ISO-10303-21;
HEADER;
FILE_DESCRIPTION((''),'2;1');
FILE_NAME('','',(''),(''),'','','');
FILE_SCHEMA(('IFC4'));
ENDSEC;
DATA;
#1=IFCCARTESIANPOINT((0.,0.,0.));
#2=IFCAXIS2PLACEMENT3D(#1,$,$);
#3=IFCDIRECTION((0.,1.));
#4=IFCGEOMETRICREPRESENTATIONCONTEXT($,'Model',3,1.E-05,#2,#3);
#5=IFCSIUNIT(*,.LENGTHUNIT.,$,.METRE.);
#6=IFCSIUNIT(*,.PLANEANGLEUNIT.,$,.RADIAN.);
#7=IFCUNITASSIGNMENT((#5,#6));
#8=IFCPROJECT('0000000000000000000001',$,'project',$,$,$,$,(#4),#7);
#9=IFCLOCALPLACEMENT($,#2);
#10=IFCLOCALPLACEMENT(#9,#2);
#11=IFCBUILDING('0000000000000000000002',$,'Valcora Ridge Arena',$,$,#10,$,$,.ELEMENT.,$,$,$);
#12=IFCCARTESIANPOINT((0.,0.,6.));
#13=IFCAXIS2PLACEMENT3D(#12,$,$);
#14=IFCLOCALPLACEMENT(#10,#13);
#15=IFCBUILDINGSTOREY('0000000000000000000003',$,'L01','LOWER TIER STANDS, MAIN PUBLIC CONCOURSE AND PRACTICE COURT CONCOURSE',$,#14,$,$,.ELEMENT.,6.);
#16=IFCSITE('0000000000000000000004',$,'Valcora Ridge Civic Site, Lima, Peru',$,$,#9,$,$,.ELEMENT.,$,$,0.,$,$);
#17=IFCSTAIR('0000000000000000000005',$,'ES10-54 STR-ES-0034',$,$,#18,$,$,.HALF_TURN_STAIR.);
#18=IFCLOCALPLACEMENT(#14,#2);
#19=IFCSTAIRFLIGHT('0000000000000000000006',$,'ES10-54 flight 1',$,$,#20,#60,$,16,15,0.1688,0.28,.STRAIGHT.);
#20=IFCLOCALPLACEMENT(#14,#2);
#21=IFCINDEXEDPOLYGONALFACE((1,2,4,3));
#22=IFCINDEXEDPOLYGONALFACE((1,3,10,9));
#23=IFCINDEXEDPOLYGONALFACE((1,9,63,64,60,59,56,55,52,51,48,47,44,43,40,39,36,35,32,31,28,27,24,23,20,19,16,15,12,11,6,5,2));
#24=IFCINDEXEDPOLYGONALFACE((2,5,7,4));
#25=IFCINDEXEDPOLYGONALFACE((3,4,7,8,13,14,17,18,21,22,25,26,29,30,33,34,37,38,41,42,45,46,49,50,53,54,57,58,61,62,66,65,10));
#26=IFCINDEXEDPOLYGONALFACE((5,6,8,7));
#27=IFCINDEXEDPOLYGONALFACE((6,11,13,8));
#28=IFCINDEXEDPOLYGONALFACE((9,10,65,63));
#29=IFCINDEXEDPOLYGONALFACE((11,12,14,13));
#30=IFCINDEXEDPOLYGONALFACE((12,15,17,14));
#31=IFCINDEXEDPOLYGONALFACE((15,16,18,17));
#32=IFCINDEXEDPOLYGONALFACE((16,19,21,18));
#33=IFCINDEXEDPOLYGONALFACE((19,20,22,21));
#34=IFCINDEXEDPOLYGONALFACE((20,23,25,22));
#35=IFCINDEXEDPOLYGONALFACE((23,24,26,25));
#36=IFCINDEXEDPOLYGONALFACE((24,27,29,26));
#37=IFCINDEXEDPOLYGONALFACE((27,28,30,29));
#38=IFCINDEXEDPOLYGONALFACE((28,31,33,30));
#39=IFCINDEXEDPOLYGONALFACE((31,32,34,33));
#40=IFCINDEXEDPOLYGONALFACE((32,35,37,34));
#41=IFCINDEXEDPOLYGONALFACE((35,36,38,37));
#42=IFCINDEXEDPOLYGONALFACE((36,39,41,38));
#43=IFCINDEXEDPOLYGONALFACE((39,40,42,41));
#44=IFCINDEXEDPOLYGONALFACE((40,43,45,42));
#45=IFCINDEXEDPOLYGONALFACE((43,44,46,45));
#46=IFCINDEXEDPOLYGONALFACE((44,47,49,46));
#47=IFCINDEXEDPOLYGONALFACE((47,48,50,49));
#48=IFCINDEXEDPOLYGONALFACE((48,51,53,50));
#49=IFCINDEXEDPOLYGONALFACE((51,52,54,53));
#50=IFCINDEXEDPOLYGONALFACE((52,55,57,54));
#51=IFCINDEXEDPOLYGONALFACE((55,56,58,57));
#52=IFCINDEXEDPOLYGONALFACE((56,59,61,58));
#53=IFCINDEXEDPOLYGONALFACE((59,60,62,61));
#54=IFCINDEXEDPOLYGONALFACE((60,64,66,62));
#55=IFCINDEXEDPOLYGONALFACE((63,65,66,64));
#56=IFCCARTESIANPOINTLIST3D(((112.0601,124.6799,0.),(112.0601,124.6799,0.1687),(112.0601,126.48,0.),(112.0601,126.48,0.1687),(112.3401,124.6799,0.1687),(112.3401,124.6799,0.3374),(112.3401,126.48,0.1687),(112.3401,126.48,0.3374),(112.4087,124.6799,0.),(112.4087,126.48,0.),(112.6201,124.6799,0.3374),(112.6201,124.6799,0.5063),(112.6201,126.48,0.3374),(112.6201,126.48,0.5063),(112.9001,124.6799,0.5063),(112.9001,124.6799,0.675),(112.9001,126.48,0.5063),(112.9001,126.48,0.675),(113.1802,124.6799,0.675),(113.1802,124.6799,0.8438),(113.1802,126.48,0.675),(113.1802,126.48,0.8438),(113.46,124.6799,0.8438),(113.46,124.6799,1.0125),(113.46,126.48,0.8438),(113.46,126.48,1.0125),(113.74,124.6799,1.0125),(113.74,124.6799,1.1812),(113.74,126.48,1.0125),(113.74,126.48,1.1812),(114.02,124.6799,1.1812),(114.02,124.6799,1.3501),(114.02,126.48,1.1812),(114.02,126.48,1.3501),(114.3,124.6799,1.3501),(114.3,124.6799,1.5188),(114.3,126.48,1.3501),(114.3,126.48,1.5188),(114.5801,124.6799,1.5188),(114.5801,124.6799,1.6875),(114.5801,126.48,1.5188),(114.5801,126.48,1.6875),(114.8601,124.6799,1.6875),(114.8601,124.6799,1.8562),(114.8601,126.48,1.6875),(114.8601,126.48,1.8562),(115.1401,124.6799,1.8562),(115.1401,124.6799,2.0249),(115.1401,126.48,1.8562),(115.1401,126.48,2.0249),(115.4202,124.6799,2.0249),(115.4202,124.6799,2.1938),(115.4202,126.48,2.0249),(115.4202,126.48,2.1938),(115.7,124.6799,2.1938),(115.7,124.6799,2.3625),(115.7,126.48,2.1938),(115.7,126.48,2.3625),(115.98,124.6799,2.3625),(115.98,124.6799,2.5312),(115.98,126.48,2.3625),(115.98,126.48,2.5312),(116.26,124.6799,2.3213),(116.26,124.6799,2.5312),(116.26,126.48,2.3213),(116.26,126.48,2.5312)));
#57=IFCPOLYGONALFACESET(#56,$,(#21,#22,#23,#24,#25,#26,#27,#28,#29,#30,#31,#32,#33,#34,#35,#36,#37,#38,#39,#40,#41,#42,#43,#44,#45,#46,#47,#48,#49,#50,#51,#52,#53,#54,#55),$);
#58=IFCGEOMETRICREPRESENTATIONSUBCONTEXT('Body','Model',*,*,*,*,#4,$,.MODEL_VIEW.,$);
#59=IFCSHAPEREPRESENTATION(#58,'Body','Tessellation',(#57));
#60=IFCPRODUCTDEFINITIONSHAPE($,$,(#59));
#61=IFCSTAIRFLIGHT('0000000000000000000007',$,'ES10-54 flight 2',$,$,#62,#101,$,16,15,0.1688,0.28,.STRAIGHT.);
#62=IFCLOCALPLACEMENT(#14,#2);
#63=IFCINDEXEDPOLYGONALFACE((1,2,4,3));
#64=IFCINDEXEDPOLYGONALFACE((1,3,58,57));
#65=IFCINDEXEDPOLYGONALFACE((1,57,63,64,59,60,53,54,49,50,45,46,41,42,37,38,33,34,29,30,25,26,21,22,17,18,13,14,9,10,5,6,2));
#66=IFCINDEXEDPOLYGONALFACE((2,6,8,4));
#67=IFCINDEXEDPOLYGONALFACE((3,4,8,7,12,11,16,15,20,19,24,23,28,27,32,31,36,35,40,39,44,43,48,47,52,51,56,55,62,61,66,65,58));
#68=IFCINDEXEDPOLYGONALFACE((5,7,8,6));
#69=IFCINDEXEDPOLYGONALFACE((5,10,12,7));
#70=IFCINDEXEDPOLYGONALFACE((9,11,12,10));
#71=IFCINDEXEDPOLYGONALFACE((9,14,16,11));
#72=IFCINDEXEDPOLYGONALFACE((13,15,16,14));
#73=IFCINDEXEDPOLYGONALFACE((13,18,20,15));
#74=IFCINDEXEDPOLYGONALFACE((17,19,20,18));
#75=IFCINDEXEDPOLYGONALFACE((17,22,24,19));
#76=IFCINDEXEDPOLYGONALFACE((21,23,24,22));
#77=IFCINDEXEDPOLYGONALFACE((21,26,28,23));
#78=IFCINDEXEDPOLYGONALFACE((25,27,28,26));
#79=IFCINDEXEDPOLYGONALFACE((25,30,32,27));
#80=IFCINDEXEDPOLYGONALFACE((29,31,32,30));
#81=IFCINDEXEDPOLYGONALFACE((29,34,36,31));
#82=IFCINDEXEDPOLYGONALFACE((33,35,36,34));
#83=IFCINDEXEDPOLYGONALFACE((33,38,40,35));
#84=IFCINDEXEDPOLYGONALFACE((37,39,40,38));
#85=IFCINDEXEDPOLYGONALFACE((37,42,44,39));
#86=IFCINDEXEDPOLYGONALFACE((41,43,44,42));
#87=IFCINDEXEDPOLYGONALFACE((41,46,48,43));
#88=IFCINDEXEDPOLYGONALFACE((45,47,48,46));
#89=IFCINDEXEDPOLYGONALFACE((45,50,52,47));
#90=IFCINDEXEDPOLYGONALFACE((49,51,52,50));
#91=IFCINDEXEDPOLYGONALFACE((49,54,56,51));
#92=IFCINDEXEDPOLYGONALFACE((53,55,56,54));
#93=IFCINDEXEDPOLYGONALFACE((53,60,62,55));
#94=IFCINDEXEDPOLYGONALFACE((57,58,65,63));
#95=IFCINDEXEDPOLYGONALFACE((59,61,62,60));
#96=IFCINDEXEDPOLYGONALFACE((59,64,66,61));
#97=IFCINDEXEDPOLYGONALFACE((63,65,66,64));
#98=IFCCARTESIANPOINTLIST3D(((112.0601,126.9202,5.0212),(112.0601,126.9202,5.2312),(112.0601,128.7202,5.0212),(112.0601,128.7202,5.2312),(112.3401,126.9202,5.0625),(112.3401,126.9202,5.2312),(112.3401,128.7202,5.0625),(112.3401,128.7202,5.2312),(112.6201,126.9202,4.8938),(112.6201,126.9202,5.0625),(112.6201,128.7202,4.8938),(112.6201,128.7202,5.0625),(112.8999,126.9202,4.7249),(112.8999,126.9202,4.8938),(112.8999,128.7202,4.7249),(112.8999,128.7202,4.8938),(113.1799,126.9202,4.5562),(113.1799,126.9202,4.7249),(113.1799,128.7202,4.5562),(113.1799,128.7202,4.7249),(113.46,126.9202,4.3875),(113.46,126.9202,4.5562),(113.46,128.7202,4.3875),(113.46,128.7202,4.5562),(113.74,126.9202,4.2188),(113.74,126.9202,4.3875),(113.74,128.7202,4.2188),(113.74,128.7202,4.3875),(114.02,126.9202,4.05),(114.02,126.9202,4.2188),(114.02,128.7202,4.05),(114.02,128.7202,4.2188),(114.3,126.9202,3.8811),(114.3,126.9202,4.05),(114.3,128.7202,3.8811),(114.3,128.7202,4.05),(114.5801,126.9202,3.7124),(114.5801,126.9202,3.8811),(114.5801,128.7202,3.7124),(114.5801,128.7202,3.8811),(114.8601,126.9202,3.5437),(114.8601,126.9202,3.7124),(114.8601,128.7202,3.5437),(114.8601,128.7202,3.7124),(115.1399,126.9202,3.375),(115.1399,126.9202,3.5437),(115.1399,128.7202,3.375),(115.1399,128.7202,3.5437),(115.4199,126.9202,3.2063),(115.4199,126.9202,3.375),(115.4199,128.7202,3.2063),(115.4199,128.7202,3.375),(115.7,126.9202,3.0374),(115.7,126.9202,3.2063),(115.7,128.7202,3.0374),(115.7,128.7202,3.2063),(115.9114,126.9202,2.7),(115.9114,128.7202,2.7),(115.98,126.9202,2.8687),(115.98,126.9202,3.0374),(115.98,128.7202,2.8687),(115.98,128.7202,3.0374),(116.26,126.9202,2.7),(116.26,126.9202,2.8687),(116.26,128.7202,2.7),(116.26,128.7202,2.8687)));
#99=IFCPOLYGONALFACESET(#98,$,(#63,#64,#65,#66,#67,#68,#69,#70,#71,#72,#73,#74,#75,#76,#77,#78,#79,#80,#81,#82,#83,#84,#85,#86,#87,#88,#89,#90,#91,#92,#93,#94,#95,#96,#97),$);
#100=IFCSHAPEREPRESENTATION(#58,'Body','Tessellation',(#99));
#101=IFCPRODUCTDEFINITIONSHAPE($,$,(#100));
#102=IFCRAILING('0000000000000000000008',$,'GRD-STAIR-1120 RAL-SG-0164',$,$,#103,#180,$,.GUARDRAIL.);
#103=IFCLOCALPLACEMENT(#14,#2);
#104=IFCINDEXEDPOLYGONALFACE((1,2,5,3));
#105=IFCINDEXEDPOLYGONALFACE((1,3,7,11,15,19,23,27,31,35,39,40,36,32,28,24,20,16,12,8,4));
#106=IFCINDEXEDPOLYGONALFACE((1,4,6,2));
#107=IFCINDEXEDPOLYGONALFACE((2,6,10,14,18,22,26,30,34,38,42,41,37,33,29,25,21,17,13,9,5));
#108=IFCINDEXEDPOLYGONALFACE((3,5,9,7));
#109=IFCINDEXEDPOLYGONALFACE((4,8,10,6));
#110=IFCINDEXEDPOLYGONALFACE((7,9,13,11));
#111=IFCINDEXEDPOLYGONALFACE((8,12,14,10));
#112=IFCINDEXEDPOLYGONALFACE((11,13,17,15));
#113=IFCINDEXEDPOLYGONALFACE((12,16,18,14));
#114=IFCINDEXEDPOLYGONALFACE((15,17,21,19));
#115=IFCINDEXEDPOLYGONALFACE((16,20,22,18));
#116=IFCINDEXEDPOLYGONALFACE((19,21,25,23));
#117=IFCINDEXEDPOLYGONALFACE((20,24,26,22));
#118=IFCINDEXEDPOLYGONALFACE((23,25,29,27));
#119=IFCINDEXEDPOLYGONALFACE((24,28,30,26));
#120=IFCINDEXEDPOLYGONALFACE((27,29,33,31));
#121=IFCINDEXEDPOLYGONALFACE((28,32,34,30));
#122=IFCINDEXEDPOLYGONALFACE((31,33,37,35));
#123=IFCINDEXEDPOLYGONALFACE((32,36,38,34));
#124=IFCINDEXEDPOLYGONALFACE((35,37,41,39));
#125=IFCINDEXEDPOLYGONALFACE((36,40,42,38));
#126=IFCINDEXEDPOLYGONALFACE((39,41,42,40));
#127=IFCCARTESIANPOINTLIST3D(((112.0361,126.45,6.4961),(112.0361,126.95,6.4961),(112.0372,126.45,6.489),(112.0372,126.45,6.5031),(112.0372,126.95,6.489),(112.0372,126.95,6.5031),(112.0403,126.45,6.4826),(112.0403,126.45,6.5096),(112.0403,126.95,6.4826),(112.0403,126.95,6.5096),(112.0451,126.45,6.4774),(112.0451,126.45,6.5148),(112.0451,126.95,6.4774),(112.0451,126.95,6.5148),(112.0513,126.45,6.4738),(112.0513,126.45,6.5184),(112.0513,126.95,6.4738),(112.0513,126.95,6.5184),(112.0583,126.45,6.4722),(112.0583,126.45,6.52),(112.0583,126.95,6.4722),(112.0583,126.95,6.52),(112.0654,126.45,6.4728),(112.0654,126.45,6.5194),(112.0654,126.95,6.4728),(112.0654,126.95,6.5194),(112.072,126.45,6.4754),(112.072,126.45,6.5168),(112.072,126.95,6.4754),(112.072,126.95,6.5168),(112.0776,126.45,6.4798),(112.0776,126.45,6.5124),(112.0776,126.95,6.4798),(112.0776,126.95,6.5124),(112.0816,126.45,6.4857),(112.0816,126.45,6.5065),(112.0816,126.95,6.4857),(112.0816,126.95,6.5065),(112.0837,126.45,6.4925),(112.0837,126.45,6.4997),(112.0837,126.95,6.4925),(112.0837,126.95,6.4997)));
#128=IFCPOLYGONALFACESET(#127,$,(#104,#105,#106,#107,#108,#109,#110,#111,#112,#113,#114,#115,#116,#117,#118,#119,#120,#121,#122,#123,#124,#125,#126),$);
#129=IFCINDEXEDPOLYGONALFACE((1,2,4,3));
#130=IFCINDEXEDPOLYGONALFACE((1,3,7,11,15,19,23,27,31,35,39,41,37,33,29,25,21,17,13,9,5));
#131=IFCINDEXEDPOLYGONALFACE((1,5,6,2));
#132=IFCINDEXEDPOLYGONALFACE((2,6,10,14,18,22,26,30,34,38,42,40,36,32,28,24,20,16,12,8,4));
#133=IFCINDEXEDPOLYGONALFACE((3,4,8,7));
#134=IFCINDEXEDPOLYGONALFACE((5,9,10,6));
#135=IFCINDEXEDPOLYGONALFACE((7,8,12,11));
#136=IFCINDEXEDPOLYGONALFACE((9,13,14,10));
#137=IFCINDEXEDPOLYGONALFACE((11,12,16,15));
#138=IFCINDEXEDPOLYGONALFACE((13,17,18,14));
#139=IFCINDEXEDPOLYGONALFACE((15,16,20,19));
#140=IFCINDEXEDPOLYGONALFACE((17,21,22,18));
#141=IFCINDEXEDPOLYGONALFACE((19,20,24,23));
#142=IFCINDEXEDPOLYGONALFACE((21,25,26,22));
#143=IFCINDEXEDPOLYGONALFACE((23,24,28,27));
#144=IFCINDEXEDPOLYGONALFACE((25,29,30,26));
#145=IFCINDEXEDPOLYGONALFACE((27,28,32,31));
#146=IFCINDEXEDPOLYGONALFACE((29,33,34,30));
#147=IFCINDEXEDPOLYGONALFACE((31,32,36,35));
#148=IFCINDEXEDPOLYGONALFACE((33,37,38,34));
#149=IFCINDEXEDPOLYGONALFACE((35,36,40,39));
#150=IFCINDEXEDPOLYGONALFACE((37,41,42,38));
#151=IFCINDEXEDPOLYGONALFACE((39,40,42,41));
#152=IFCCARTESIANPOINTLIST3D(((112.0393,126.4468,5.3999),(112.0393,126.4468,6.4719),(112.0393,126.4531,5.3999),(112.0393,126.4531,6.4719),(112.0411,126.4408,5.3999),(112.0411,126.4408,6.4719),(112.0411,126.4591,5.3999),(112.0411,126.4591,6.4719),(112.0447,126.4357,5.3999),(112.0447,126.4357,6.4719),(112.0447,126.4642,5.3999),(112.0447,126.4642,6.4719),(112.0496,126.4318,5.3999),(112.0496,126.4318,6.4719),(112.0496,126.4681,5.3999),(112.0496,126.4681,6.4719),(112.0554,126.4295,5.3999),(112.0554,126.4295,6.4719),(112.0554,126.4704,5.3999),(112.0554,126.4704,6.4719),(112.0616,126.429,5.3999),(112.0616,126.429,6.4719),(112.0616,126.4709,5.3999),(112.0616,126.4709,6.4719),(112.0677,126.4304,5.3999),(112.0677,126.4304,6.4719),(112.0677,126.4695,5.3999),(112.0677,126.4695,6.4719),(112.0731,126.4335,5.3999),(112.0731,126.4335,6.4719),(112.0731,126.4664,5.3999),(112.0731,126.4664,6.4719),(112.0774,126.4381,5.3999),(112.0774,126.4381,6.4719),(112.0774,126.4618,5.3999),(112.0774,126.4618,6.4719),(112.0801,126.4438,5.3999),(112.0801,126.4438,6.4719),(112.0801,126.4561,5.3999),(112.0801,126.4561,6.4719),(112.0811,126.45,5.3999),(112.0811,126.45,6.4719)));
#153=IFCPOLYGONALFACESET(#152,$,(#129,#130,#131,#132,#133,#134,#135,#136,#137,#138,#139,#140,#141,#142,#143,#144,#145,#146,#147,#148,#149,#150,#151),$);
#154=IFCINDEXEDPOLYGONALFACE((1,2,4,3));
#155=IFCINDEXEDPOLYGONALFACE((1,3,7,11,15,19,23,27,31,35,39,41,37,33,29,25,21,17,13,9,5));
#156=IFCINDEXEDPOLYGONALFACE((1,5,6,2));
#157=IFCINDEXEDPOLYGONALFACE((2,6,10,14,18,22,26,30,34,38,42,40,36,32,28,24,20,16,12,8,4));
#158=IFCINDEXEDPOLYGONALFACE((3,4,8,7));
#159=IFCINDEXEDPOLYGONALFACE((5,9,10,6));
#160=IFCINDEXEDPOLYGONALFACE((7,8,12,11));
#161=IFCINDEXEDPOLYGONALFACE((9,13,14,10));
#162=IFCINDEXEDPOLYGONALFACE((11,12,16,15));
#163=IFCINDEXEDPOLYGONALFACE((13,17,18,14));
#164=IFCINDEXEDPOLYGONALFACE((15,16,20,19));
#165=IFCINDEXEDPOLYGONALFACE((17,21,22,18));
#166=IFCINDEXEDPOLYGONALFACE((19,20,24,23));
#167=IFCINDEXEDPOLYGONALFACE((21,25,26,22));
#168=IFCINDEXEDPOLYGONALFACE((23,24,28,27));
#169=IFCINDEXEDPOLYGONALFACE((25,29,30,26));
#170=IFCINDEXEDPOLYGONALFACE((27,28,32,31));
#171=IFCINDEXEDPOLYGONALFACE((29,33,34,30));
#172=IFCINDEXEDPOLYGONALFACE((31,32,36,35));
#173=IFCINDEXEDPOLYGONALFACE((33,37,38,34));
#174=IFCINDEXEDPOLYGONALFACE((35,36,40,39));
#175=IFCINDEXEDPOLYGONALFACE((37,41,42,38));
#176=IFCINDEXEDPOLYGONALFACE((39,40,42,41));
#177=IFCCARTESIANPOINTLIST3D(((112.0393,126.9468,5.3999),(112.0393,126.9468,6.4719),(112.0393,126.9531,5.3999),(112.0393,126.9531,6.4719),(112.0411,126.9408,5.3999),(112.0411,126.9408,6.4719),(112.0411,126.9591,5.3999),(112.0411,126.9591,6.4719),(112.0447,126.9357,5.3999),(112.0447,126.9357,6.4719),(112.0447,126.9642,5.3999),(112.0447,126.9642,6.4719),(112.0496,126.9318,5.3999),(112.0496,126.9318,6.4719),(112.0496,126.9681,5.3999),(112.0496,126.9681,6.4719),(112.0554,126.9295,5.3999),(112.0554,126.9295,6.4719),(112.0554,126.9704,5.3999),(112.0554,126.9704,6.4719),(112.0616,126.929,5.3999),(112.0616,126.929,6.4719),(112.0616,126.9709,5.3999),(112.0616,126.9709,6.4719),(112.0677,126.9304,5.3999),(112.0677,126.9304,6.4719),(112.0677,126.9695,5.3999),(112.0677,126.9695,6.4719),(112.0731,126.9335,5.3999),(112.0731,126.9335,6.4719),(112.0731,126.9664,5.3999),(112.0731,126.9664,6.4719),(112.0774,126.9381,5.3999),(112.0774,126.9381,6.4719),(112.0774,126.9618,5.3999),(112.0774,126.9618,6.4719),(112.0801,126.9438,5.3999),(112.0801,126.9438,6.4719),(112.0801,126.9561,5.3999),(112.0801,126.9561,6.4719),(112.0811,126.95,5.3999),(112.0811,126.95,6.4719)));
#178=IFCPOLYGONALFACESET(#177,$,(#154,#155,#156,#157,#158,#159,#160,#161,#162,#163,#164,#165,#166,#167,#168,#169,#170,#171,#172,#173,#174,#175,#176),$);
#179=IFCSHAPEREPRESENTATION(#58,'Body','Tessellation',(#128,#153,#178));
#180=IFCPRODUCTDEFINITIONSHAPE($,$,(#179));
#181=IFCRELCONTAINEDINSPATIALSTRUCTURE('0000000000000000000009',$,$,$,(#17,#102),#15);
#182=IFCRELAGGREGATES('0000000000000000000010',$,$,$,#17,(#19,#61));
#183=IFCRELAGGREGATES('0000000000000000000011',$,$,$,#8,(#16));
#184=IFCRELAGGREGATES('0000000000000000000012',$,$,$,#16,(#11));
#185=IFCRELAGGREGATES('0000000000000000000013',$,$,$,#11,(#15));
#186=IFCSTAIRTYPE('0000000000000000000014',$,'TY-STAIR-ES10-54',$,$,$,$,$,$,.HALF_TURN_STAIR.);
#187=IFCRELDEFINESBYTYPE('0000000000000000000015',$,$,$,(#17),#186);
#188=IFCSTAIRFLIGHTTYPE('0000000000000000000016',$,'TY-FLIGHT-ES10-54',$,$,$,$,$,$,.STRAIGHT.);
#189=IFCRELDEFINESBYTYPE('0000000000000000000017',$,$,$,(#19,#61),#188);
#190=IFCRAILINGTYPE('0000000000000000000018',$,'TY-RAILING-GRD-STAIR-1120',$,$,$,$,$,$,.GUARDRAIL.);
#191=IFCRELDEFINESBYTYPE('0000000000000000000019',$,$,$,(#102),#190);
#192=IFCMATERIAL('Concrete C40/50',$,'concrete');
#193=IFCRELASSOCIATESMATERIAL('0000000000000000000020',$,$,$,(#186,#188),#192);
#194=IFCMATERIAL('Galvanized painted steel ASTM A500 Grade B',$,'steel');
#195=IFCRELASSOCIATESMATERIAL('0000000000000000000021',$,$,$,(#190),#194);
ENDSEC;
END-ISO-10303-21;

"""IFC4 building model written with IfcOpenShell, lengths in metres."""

from ifc_helpers import new_model, si_unit, direction, frame, origin, origin_2d, place, context, subcontext, project, spatial, polyline, circle, outline, extrude, material, type_object, element, aggregate, save


model = new_model("IFC4")

# Units and contexts
model_context = context("Model", 3, precision=1e-05, world=origin(), true_north=direction((0.0, 1.0)))
body_context = subcontext(model_context, "Body", "Model", "MODEL_VIEW")
ifc_project = project(units=[si_unit("LENGTHUNIT", "METRE"), si_unit("PLANEANGLEUNIT", "RADIAN")], contexts=[model_context])

# Site, building, storey
site_placement = place(None, origin())
site = spatial("IfcSite", under=ifc_project, at=site_placement, Name="Valcora Ridge Civic Site, Lima, Peru", CompositionType="ELEMENT", RefElevation=0.0)
building_placement = place(site_placement, origin())
building = spatial("IfcBuilding", under=site, at=building_placement, Name="Valcora Ridge Arena", CompositionType="ELEMENT")
storey_placement = place(building_placement, frame((0.0, 0.0, 6.0)))
storey = spatial("IfcBuildingStorey", under=building, at=storey_placement, Name="L01", Description="LOWER TIER STANDS, MAIN PUBLIC CONCOURSE AND PRACTICE COURT CONCOURSE", CompositionType="ELEMENT", Elevation=6.0)

# Shared definitions
ifc_material_1 = material(Name="Concrete C40/50", Category="concrete")

# Stair, stair flights
stair_type = type_object("IfcStairType", Name="TY-STAIR-ES10-54", PredefinedType="HALF_TURN_STAIR", material=ifc_material_1)
stair_placement = place(storey_placement, origin())
stair = element("IfcStair", 1, at=stair_placement, inside=storey, type_object=stair_type, Name="ES10-54 STR-ES-0034", PredefinedType="HALF_TURN_STAIR")
stair_flight_type = type_object("IfcStairFlightType", Name="TY-FLIGHT-ES10-54", PredefinedType="STRAIGHT", material=ifc_material_1)
stair_flight_1_placement = place(storey_placement, frame((112.0601, 125.5801, 0.0), z_axis=(0.0, 0.0, 1.0), x_axis=(1.0, 0.0, 0.0)))
stair_flight_1 = element("IfcStairFlight", 2, at=stair_flight_1_placement, type_object=stair_flight_type, Name="ES10-54 flight 1", NumberOfRisers=16, NumberOfTreads=15, PredefinedType="STRAIGHT", RiserHeight=0.1688, TreadLength=0.28, context=body_context, shape_type="SweptSolid", body=[
    extrude(outline(polyline([(0.0, 0.0), (0.0, 0.1687), (0.28, 0.1687), (0.28, 0.3374), (0.5601, 0.3374), (0.5601, 0.5063), (0.8401, 0.5063), (0.8401, 0.675), (1.1201, 0.675), (1.1201, 0.8438), (1.3999, 0.8438), (1.3999, 1.0125), (1.6799, 1.0125), (1.6799, 1.1812), (1.96, 1.1812), (1.96, 1.3501), (2.24, 1.3501), (2.24, 1.5188), (2.52, 1.5188), (2.52, 1.6875), (2.8, 1.6875), (2.8, 1.8562), (3.0801, 1.8562), (3.0801, 2.0249), (3.3601, 2.0249), (3.3601, 2.1938), (3.6399, 2.1938), (3.6399, 2.3625), (3.9199, 2.3625), (3.9199, 2.5312), (4.2, 2.5312), (4.2, 2.7), (4.2, 2.3213), (0.3486, 0.0), (0.0, 0.0)])), frame((0.0, 0.8999, 0.0), z_axis=(0.0, -1.0, 0.0), x_axis=(1.0, 0.0, 0.0)), (0.0, 0.0, 1.0), 1.8),
])
stair_flight_2_placement = place(storey_placement, frame((116.26, 127.8201, 2.7), z_axis=(0.0, 0.0, 1.0), x_axis=(-1.0, 0.0, 0.0)))
stair_flight_2 = element("IfcStairFlight", 3, at=stair_flight_2_placement, type_object=stair_flight_type, Name="ES10-54 flight 2", NumberOfRisers=16, NumberOfTreads=15, PredefinedType="STRAIGHT", RiserHeight=0.1688, TreadLength=0.28, context=body_context, shape_type="SweptSolid", body=[
    extrude(outline(polyline([(0.0, 0.0), (0.0, 0.1687), (0.28, 0.1687), (0.28, 0.3374), (0.5601, 0.3374), (0.5601, 0.5063), (0.8401, 0.5063), (0.8401, 0.675), (1.1201, 0.675), (1.1201, 0.8438), (1.3999, 0.8438), (1.3999, 1.0125), (1.6799, 1.0125), (1.6799, 1.1812), (1.96, 1.1812), (1.96, 1.3501), (2.24, 1.3501), (2.24, 1.5188), (2.52, 1.5188), (2.52, 1.6875), (2.8, 1.6875), (2.8, 1.8562), (3.0801, 1.8562), (3.0801, 2.0249), (3.3601, 2.0249), (3.3601, 2.1938), (3.6399, 2.1938), (3.6399, 2.3625), (3.9199, 2.3625), (3.9199, 2.5312), (4.2, 2.5312), (4.2, 2.7), (4.2, 2.3213), (0.3486, 0.0), (0.0, 0.0)])), frame((0.0, 0.8999, 0.0), z_axis=(0.0, -1.0, 0.0), x_axis=(1.0, 0.0, 0.0)), (0.0, 0.0, 1.0), 1.8),
])
aggregate(stair, [stair_flight_1, stair_flight_2])

# Railing
ifc_material_2 = material(Name="Galvanized painted steel ASTM A500 Grade B", Category="steel")
railing_type_1 = type_object("IfcRailingType", Name="TY-RAILING-GRD-STAIR-1120", PredefinedType="GUARDRAIL", material=ifc_material_2)
railing_1_placement = place(storey_placement, frame((112.0601, 126.45, 5.3999)))
element("IfcRailing", 4, at=railing_1_placement, inside=storey, type_object=railing_type_1, Name="GRD-STAIR-1120 RAL-SG-0164", PredefinedType="GUARDRAIL", context=body_context, shape_type="SweptSolid", body=[
    extrude(circle(Radius=0.0239, at=origin_2d()), frame((0.0, 0.0, 1.0962), z_axis=(0.0, 1.0, 0.0), x_axis=(-1.0, 0.0, 0.0)), (0.0, 0.0, 1.0), 0.5),
    extrude(circle(Radius=0.021, at=origin_2d()), origin(), (0.0, 0.0, 1.0), 1.072),
    extrude(circle(Radius=0.021, at=origin_2d()), frame((0.0, 0.5, 0.0)), (0.0, 0.0, 1.0), 1.072),
])

save(model, "model.ifc")
